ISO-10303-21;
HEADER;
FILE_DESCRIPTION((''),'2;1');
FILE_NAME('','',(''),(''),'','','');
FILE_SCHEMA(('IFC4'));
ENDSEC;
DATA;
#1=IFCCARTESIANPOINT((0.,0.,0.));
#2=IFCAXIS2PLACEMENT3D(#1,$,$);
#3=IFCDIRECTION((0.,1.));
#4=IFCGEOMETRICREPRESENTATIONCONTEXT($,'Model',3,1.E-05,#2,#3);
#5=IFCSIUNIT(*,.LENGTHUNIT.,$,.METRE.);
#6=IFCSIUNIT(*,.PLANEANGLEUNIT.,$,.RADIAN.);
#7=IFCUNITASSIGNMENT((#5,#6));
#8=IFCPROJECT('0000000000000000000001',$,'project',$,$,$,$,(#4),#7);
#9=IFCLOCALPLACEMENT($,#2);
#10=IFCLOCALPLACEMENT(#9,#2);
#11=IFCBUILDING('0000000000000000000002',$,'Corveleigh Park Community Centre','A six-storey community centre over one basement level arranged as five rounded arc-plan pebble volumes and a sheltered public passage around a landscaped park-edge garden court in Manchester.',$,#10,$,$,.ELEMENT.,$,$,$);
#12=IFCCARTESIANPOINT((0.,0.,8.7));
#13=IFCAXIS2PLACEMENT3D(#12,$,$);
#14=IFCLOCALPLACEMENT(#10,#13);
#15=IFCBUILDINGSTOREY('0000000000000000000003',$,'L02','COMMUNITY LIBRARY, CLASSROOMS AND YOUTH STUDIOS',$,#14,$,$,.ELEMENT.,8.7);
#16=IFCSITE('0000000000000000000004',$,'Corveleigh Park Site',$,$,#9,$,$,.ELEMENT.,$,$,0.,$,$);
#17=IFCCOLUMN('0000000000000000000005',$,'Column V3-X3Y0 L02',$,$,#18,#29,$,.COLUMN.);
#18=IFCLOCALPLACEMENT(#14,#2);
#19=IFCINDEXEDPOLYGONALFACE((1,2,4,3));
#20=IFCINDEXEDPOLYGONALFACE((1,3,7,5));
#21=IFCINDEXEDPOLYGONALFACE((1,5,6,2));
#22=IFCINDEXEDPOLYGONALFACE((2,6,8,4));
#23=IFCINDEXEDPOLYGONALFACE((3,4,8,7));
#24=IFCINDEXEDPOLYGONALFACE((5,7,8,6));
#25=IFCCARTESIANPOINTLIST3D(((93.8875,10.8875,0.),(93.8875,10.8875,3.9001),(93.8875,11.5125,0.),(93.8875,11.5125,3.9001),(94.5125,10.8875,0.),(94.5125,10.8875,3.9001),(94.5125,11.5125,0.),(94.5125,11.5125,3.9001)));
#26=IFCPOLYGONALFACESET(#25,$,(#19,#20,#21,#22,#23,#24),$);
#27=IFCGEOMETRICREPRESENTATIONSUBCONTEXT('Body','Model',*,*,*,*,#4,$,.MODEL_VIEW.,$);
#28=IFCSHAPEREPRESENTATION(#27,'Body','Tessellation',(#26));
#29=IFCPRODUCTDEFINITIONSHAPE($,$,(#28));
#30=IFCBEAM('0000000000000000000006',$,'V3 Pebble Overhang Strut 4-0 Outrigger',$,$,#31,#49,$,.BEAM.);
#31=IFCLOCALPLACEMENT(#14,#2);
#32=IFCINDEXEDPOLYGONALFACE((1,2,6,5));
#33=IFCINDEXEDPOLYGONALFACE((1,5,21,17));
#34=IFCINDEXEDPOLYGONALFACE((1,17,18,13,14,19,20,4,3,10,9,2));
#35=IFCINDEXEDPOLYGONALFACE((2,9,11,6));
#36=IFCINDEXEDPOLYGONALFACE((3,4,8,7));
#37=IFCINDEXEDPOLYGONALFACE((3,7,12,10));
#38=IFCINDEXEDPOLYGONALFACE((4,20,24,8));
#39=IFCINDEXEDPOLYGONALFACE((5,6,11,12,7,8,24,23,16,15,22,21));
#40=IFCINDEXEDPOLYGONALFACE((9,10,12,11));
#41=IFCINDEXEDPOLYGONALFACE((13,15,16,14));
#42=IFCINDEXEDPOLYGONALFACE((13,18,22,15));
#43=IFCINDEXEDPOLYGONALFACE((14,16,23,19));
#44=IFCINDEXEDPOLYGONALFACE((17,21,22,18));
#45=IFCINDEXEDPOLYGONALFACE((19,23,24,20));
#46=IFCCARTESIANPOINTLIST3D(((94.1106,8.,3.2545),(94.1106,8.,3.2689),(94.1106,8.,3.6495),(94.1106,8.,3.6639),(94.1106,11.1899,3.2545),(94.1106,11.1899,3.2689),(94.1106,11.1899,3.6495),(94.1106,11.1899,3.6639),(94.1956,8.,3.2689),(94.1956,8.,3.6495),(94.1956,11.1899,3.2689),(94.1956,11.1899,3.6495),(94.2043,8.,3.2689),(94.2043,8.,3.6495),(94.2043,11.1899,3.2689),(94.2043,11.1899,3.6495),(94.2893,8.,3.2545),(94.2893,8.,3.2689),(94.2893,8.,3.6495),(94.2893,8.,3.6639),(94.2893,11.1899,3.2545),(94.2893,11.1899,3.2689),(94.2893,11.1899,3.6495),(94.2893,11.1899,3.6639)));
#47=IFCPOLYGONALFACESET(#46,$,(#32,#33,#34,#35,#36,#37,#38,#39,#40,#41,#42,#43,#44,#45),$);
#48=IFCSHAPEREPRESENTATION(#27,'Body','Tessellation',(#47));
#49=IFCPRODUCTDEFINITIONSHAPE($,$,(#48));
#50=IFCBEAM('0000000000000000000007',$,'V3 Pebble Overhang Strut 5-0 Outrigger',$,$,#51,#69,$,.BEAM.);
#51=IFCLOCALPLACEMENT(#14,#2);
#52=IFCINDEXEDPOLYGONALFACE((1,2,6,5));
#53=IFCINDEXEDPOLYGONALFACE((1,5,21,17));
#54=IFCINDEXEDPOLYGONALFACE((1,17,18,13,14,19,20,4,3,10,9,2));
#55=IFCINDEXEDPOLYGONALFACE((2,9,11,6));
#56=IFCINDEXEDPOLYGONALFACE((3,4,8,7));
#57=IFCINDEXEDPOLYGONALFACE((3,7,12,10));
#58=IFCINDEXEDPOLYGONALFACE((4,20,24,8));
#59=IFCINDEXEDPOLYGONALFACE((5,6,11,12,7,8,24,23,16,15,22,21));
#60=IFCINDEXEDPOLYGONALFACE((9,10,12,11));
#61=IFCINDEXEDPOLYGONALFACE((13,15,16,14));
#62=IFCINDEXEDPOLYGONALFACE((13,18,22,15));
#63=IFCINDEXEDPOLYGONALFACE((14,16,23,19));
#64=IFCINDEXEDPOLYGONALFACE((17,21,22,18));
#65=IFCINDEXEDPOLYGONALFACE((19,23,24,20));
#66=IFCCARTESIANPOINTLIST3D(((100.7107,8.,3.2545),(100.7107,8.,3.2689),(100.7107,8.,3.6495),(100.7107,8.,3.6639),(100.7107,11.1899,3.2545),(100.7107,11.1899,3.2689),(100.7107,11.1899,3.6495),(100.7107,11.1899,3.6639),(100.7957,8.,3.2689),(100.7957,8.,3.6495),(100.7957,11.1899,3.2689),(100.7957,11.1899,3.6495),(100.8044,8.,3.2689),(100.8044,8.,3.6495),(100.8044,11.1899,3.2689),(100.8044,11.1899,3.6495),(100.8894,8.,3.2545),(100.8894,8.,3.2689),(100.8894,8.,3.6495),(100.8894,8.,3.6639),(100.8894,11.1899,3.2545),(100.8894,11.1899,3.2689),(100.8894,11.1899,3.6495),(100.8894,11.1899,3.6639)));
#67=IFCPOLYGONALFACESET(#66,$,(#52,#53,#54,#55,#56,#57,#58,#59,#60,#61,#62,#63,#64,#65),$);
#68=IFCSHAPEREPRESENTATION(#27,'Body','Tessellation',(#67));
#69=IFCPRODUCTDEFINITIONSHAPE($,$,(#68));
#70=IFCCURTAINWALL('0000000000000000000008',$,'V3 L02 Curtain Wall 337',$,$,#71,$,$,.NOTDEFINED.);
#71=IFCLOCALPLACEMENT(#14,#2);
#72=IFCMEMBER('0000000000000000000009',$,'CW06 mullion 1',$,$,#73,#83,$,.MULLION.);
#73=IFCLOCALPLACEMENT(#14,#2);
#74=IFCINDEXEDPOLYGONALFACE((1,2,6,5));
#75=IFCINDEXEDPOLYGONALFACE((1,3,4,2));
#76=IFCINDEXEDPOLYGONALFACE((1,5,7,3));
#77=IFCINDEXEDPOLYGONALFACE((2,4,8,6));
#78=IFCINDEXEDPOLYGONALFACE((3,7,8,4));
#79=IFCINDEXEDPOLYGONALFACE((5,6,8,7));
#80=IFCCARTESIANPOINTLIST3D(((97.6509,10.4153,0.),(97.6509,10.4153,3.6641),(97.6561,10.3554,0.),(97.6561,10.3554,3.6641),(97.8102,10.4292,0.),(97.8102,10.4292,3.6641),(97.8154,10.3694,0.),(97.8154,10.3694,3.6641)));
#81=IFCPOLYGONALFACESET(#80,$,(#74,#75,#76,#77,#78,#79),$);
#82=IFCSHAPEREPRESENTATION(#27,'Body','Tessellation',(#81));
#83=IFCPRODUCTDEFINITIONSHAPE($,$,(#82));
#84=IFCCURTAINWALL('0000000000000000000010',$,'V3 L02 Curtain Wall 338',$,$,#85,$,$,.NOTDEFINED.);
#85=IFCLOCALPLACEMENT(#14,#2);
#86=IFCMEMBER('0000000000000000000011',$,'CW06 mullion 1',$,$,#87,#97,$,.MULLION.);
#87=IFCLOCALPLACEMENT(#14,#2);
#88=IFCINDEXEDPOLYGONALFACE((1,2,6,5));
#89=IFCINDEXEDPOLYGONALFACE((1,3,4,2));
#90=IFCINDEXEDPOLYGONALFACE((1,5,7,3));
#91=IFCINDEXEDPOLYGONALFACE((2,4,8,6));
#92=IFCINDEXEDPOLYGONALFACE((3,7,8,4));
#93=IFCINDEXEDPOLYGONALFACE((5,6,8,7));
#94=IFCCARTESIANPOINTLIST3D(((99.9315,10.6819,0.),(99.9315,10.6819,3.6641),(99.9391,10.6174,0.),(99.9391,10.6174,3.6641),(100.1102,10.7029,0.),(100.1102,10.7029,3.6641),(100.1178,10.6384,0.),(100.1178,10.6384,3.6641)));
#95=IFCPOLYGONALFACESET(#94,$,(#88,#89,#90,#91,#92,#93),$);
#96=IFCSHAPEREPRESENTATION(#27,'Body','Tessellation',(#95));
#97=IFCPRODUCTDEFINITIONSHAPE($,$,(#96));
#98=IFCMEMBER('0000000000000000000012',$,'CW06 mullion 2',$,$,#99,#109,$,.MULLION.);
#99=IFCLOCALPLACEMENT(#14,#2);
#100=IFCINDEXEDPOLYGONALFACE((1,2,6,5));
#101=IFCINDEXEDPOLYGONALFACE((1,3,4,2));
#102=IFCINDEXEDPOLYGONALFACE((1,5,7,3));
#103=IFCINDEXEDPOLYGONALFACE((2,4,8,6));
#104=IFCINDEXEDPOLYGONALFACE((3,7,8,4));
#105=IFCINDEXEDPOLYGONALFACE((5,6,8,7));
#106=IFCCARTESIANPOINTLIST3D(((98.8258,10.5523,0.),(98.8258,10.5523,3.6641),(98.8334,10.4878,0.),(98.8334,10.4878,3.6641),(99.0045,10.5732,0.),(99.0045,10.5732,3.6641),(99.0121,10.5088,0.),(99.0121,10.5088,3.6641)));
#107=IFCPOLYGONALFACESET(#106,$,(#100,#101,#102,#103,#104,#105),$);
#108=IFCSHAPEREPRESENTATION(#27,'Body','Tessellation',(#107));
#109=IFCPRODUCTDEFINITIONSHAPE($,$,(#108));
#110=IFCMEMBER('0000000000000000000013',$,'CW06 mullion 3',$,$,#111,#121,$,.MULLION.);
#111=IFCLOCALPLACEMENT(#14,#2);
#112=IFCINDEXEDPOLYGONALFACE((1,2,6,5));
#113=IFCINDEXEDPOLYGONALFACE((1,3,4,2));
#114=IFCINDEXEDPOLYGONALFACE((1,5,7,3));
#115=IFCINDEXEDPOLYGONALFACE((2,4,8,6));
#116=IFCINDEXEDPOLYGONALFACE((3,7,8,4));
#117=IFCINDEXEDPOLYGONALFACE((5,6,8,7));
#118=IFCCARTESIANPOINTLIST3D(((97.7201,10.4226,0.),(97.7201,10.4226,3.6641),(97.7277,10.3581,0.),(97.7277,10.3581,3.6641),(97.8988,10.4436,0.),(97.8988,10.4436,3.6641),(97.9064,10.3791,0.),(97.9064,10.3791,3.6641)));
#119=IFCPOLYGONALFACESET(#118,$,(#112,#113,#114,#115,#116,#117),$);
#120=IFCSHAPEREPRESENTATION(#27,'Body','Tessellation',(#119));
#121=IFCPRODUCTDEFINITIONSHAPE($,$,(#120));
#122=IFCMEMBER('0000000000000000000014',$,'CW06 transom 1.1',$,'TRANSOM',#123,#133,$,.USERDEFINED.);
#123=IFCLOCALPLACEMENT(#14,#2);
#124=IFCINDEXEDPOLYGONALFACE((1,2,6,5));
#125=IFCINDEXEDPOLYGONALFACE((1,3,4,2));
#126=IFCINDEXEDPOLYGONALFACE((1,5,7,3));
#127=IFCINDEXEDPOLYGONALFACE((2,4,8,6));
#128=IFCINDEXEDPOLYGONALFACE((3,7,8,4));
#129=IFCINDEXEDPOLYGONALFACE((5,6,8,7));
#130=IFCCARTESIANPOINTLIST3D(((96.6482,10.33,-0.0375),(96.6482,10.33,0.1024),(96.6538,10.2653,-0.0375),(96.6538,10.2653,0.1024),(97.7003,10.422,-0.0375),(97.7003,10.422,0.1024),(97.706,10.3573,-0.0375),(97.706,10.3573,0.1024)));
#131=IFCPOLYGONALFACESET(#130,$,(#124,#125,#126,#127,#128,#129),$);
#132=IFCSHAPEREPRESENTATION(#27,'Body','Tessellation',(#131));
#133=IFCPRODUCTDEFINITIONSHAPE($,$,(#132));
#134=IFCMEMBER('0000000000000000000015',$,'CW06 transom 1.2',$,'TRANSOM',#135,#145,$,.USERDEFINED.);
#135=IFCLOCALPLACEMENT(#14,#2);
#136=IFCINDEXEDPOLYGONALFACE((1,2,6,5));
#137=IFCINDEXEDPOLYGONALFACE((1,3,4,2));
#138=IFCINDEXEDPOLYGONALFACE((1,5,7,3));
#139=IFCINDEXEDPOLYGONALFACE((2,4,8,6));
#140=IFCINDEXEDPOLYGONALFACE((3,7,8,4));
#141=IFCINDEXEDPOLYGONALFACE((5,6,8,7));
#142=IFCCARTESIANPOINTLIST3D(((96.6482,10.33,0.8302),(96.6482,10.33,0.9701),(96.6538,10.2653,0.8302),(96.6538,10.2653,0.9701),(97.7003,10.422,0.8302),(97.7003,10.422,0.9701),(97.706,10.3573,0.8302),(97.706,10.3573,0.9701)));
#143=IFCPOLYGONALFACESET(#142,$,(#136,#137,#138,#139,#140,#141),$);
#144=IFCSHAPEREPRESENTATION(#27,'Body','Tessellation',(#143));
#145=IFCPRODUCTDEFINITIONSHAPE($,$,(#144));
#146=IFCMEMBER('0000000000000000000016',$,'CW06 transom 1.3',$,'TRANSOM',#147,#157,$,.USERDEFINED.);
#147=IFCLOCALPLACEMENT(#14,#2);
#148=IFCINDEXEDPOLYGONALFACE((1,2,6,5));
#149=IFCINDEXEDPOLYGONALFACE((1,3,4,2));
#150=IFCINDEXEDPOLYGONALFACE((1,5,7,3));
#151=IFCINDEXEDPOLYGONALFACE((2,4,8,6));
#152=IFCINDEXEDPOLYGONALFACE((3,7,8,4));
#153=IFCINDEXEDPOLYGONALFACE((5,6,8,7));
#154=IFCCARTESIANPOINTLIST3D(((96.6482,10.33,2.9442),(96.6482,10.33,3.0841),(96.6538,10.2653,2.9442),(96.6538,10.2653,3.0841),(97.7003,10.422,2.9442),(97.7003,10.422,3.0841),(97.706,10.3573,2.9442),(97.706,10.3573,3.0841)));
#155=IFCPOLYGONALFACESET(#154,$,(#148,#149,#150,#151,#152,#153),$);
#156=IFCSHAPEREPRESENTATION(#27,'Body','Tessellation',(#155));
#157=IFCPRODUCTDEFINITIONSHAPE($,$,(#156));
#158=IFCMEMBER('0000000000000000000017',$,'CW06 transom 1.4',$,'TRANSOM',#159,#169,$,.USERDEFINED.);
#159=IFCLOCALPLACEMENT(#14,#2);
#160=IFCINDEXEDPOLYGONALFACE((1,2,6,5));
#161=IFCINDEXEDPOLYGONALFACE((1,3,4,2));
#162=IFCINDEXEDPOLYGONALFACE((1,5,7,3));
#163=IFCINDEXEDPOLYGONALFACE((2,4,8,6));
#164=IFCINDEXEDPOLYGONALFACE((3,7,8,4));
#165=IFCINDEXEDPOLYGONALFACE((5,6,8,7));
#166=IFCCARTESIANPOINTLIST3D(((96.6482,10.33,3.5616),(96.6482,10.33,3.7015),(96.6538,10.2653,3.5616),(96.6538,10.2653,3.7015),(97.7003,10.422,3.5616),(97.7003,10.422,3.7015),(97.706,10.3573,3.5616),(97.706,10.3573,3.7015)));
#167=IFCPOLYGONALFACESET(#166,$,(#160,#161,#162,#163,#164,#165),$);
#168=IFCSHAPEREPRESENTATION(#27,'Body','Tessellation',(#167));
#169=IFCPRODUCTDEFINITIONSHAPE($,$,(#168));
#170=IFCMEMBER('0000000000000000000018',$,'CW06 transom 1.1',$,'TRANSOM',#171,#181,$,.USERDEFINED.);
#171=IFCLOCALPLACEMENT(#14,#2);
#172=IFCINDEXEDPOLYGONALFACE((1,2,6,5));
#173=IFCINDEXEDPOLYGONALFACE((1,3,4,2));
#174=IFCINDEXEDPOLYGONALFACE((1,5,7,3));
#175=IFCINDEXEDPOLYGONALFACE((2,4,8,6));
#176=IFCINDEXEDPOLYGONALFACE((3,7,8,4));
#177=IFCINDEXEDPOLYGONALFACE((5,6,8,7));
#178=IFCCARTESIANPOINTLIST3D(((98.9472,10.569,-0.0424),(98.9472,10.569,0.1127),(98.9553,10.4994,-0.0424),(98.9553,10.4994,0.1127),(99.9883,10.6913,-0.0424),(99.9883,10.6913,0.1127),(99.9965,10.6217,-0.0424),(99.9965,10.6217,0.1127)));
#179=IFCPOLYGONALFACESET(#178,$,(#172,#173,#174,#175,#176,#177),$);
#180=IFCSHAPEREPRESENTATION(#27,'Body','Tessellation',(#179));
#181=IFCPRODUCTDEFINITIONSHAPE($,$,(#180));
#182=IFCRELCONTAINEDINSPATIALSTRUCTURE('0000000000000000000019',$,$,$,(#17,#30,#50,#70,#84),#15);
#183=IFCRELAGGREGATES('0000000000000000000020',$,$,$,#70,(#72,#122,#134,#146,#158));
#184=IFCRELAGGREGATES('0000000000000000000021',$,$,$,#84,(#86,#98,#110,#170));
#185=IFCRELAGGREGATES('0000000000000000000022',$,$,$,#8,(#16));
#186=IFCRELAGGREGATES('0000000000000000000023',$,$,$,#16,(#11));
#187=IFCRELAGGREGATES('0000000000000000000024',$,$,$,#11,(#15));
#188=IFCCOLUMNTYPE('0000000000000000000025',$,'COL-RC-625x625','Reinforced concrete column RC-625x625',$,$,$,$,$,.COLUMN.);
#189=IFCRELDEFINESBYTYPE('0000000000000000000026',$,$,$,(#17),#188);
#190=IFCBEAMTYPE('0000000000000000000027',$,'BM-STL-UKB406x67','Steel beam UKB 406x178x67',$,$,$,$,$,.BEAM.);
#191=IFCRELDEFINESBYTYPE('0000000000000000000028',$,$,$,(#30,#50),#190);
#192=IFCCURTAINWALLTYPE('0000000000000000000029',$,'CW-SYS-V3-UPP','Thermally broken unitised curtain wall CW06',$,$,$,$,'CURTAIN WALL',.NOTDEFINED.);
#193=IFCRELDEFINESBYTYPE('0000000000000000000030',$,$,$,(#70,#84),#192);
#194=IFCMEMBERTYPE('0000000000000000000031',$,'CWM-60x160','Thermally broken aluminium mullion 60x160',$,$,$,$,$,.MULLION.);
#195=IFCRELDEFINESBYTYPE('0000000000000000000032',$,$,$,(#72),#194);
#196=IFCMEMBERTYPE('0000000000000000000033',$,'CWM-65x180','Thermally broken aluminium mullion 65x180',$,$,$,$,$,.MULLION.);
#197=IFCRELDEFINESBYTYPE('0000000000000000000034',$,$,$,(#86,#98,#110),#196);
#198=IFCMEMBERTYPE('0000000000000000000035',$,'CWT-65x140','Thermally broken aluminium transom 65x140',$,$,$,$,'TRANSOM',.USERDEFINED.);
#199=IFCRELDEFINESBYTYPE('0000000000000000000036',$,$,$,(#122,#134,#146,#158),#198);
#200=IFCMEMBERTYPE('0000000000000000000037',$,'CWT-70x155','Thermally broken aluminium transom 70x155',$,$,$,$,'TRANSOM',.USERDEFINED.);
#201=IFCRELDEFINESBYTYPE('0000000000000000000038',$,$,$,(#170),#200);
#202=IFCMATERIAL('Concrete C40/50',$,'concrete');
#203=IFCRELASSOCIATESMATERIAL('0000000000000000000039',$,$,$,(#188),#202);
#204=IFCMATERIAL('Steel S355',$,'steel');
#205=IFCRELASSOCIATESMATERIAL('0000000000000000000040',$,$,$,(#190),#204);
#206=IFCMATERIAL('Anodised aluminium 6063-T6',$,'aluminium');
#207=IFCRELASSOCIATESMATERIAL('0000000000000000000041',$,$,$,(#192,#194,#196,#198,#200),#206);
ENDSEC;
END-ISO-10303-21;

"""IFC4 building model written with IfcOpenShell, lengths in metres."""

from ifc_helpers import new_model, si_unit, direction, frame, origin, origin_2d, place, context, subcontext, project, spatial, rectangle, i_section, extrude, material, material_profile, profile_set, type_object, element, aggregate, save


model = new_model("IFC4")

# Units and contexts
model_context = context("Model", 3, precision=1e-05, world=origin(), true_north=direction((0.0, 1.0)))
body_context = subcontext(model_context, "Body", "Model", "MODEL_VIEW")
ifc_project = project(units=[si_unit("LENGTHUNIT", "METRE"), si_unit("PLANEANGLEUNIT", "RADIAN")], contexts=[model_context])

# Site, building, storey
site_placement = place(None, origin())
site = spatial("IfcSite", under=ifc_project, at=site_placement, Name="Corveleigh Park Site", CompositionType="ELEMENT", RefElevation=0.0)
building_placement = place(site_placement, origin())
building = spatial("IfcBuilding", under=site, at=building_placement, Name="Corveleigh Park Community Centre", Description="A six-storey community centre over one basement level arranged as five rounded arc-plan pebble volumes and a sheltered public passage around a landscaped park-edge garden court in Manchester.", CompositionType="ELEMENT")
storey_placement = place(building_placement, frame((0.0, 0.0, 8.7)))
storey = spatial("IfcBuildingStorey", under=building, at=storey_placement, Name="L02", Description="COMMUNITY LIBRARY, CLASSROOMS AND YOUTH STUDIOS", CompositionType="ELEMENT", Elevation=8.7)

# Column
ifc_material_1 = material(Name="Concrete C40/50", Category="concrete")
ifc_material_profile_1 = material_profile(ifc_material_1, rectangle(XDim=0.625, YDim=0.625, at=origin_2d()), Name="RC-625x625", Category="concrete")
ifc_profile_set_1 = profile_set([ifc_material_profile_1], Name="Concrete C40/50")
column_type = type_object("IfcColumnType", Name="COL-RC-625x625", Description="Reinforced concrete column RC-625x625", PredefinedType="COLUMN", material=ifc_profile_set_1)
column_placement = place(storey_placement, frame((94.2, 11.2, 0.0), z_axis=(0.0, 0.0, 1.0), x_axis=(1.0, 0.0, 0.0)))
element("IfcColumn", 1, at=column_placement, inside=storey, type_object=column_type, Name="Column V3-X3Y0 L02", PredefinedType="COLUMN", context=body_context, shape_type="SweptSolid", body=[
    extrude(rectangle(XDim=0.625, YDim=0.625, at=origin_2d()), origin(), (0.0, 0.0, 1.0), 3.9001),
])

# Beams
ifc_material_2 = material(Name="Steel S355", Category="steel")
ifc_material_profile_2 = material_profile(ifc_material_2, i_section(OverallWidth=0.1787, OverallDepth=0.4094, WebThickness=0.0088, FlangeThickness=0.0144, at=origin_2d()), Name="UKB 406x178x67", Category="steel")
ifc_profile_set_2 = profile_set([ifc_material_profile_2], Name="Steel S355")
beam_type = type_object("IfcBeamType", Name="BM-STL-UKB406x67", Description="Steel beam UKB 406x178x67", PredefinedType="BEAM", material=ifc_profile_set_2)
for number, where, z_axis, x_axis, name in (
    (2, (94.2, 11.1899, 3.4592), (0.0, -1.0, 0.0), (1.0, 0.0, 0.0), "V3 Pebble Overhang Strut 4-0 Outrigger"),
    (3, (100.8, 11.1899, 3.4592), (0.0, -1.0, 0.0), (1.0, 0.0, 0.0), "V3 Pebble Overhang Strut 5-0 Outrigger"),
):
    element("IfcBeam", number, at=place(storey_placement, frame(where, z_axis=z_axis, x_axis=x_axis)), inside=storey, type_object=beam_type, Name=name, PredefinedType="BEAM", context=body_context, shape_type="SweptSolid", body=[
        extrude(i_section(OverallWidth=0.1787, OverallDepth=0.4094, WebThickness=0.0088, FlangeThickness=0.0144, at=origin_2d()), origin(), (0.0, 0.0, 1.0), 3.1899),
    ])

# Curtain wall, member
ifc_material_3 = material(Name="Anodised aluminium 6063-T6", Category="aluminium")
curtain_wall_type = type_object("IfcCurtainWallType", Name="CW-SYS-V3-UPP", Description="Thermally broken unitised curtain wall CW06", ElementType="CURTAIN WALL", PredefinedType="NOTDEFINED", material=ifc_material_3)
curtain_wall_1_placement = place(storey_placement, origin())
curtain_wall_1 = element("IfcCurtainWall", 4, at=curtain_wall_1_placement, inside=storey, type_object=curtain_wall_type, Name="V3 L02 Curtain Wall 337", PredefinedType="NOTDEFINED")
ifc_material_profile_3 = material_profile(ifc_material_3, rectangle(XDim=0.0601, YDim=0.1599, at=origin_2d()), Name="ALU-M60x160", Category="aluminium")
ifc_profile_set_3 = profile_set([ifc_material_profile_3], Name="Anodised aluminium 6063-T6")
member_type_1 = type_object("IfcMemberType", Name="CWM-60x160", Description="Thermally broken aluminium mullion 60x160", PredefinedType="MULLION", material=ifc_profile_set_3)
member_1_placement = place(storey_placement, frame((97.7332, 10.3923, 0.0), z_axis=(0.0, 0.0, 1.0), x_axis=(0.087232, -0.996188, 0.0)))
member_1 = element("IfcMember", 5, at=member_1_placement, type_object=member_type_1, Name="CW06 mullion 1", PredefinedType="MULLION", context=body_context, shape_type="SweptSolid", body=[
    extrude(rectangle(XDim=0.0601, YDim=0.1599, at=origin_2d()), origin(), (0.0, 0.0, 1.0), 3.6641),
])

# Curtain wall, members
curtain_wall_2_placement = place(storey_placement, origin())
curtain_wall_2 = element("IfcCurtainWall", 6, at=curtain_wall_2_placement, inside=storey, type_object=curtain_wall_type, Name="V3 L02 Curtain Wall 338", PredefinedType="NOTDEFINED")
ifc_material_profile_4 = material_profile(ifc_material_3, rectangle(XDim=0.0649, YDim=0.1799, at=origin_2d()), Name="ALU-M65x180", Category="aluminium")
ifc_profile_set_4 = profile_set([ifc_material_profile_4], Name="Anodised aluminium 6063-T6")
member_type_2 = type_object("IfcMemberType", Name="CWM-65x180", Description="Thermally broken aluminium mullion 65x180", PredefinedType="MULLION", material=ifc_profile_set_4)
member_2_placement = place(storey_placement, frame((100.0247, 10.6602, 0.0), z_axis=(0.0, 0.0, 1.0), x_axis=(0.116512, -0.993189, 0.0)))
member_2 = element("IfcMember", 7, at=member_2_placement, type_object=member_type_2, Name="CW06 mullion 1", PredefinedType="MULLION", context=body_context, shape_type="SweptSolid", body=[
    extrude(rectangle(XDim=0.0649, YDim=0.1799, at=origin_2d()), origin(), (0.0, 0.0, 1.0), 3.6641),
])
member_3_placement = place(storey_placement, frame((98.9189, 10.5305, 0.0), z_axis=(0.0, 0.0, 1.0), x_axis=(0.116512, -0.993189, 0.0)))
member_3 = element("IfcMember", 8, at=member_3_placement, type_object=member_type_2, Name="CW06 mullion 2", PredefinedType="MULLION", context=body_context, shape_type="SweptSolid", body=[
    extrude(rectangle(XDim=0.0649, YDim=0.1799, at=origin_2d()), origin(), (0.0, 0.0, 1.0), 3.6641),
])
member_4_placement = place(storey_placement, frame((97.8132, 10.4009, 0.0), z_axis=(0.0, 0.0, 1.0), x_axis=(0.116512, -0.993189, 0.0)))
member_4 = element("IfcMember", 9, at=member_4_placement, type_object=member_type_2, Name="CW06 mullion 3", PredefinedType="MULLION", context=body_context, shape_type="SweptSolid", body=[
    extrude(rectangle(XDim=0.0649, YDim=0.1799, at=origin_2d()), origin(), (0.0, 0.0, 1.0), 3.6641),
])

# Members
ifc_material_profile_5 = material_profile(ifc_material_3, rectangle(XDim=0.0649, YDim=0.1399, at=origin_2d()), Name="ALU-T65x140", Category="aluminium")
ifc_profile_set_5 = profile_set([ifc_material_profile_5], Name="Anodised aluminium 6063-T6")
member_type_3 = type_object("IfcMemberType", Name="CWT-65x140", Description="Thermally broken aluminium transom 65x140", ElementType="TRANSOM", PredefinedType="USERDEFINED", material=ifc_profile_set_5)
member_5_placement = place(storey_placement, frame((97.7031, 10.3896, 0.0325), z_axis=(-0.996196, -0.087138, 0.0), x_axis=(0.087138, -0.996196, 0.0)))
member_5 = element("IfcMember", 10, at=member_5_placement, type_object=member_type_3, Name="CW06 transom 1.1", ObjectType="TRANSOM", PredefinedType="USERDEFINED", context=body_context, shape_type="SweptSolid", body=[
    extrude(rectangle(XDim=0.0649, YDim=0.1399, at=origin_2d()), origin(), (0.0, 0.0, 1.0), 1.0562),
])
member_6_placement = place(storey_placement, frame((97.7031, 10.3896, 0.9001), z_axis=(-0.996196, -0.087138, 0.0), x_axis=(0.087138, -0.996196, 0.0)))
member_6 = element("IfcMember", 11, at=member_6_placement, type_object=member_type_3, Name="CW06 transom 1.2", ObjectType="TRANSOM", PredefinedType="USERDEFINED", context=body_context, shape_type="SweptSolid", body=[
    extrude(rectangle(XDim=0.0649, YDim=0.1399, at=origin_2d()), origin(), (0.0, 0.0, 1.0), 1.0562),
])
member_7_placement = place(storey_placement, frame((97.7031, 10.3896, 3.0142), z_axis=(-0.996196, -0.087138, 0.0), x_axis=(0.087138, -0.996196, 0.0)))
member_7 = element("IfcMember", 12, at=member_7_placement, type_object=member_type_3, Name="CW06 transom 1.3", ObjectType="TRANSOM", PredefinedType="USERDEFINED", context=body_context, shape_type="SweptSolid", body=[
    extrude(rectangle(XDim=0.0649, YDim=0.1399, at=origin_2d()), origin(), (0.0, 0.0, 1.0), 1.0562),
])
member_8_placement = place(storey_placement, frame((97.7031, 10.3896, 3.6316), z_axis=(-0.996196, -0.087138, 0.0), x_axis=(0.087138, -0.996196, 0.0)))
member_8 = element("IfcMember", 13, at=member_8_placement, type_object=member_type_3, Name="CW06 transom 1.4", ObjectType="TRANSOM", PredefinedType="USERDEFINED", context=body_context, shape_type="SweptSolid", body=[
    extrude(rectangle(XDim=0.0649, YDim=0.1399, at=origin_2d()), origin(), (0.0, 0.0, 1.0), 1.0562),
])
aggregate(curtain_wall_1, [member_1, member_5, member_6, member_7, member_8])
ifc_material_profile_6 = material_profile(ifc_material_3, rectangle(XDim=0.0701, YDim=0.155, at=origin_2d()), Name="ALU-T70x155", Category="aluminium")
ifc_profile_set_6 = profile_set([ifc_material_profile_6], Name="Anodised aluminium 6063-T6")
member_type_4 = type_object("IfcMemberType", Name="CWT-70x155", Description="Thermally broken aluminium transom 70x155", ElementType="TRANSOM", PredefinedType="USERDEFINED", material=ifc_profile_set_6)
member_9_placement = place(storey_placement, frame((99.9924, 10.6565, 0.0352), z_axis=(-0.993171, -0.116666, 0.0), x_axis=(0.116666, -0.993171, 0.0)))
member_9 = element("IfcMember", 14, at=member_9_placement, type_object=member_type_4, Name="CW06 transom 1.1", ObjectType="TRANSOM", PredefinedType="USERDEFINED", context=body_context, shape_type="SweptSolid", body=[
    extrude(rectangle(XDim=0.0701, YDim=0.155, at=origin_2d()), origin(), (0.0, 0.0, 1.0), 1.0483),
])

aggregate(curtain_wall_2, [member_2, member_3, member_4, member_9])

save(model, "model.ifc")
